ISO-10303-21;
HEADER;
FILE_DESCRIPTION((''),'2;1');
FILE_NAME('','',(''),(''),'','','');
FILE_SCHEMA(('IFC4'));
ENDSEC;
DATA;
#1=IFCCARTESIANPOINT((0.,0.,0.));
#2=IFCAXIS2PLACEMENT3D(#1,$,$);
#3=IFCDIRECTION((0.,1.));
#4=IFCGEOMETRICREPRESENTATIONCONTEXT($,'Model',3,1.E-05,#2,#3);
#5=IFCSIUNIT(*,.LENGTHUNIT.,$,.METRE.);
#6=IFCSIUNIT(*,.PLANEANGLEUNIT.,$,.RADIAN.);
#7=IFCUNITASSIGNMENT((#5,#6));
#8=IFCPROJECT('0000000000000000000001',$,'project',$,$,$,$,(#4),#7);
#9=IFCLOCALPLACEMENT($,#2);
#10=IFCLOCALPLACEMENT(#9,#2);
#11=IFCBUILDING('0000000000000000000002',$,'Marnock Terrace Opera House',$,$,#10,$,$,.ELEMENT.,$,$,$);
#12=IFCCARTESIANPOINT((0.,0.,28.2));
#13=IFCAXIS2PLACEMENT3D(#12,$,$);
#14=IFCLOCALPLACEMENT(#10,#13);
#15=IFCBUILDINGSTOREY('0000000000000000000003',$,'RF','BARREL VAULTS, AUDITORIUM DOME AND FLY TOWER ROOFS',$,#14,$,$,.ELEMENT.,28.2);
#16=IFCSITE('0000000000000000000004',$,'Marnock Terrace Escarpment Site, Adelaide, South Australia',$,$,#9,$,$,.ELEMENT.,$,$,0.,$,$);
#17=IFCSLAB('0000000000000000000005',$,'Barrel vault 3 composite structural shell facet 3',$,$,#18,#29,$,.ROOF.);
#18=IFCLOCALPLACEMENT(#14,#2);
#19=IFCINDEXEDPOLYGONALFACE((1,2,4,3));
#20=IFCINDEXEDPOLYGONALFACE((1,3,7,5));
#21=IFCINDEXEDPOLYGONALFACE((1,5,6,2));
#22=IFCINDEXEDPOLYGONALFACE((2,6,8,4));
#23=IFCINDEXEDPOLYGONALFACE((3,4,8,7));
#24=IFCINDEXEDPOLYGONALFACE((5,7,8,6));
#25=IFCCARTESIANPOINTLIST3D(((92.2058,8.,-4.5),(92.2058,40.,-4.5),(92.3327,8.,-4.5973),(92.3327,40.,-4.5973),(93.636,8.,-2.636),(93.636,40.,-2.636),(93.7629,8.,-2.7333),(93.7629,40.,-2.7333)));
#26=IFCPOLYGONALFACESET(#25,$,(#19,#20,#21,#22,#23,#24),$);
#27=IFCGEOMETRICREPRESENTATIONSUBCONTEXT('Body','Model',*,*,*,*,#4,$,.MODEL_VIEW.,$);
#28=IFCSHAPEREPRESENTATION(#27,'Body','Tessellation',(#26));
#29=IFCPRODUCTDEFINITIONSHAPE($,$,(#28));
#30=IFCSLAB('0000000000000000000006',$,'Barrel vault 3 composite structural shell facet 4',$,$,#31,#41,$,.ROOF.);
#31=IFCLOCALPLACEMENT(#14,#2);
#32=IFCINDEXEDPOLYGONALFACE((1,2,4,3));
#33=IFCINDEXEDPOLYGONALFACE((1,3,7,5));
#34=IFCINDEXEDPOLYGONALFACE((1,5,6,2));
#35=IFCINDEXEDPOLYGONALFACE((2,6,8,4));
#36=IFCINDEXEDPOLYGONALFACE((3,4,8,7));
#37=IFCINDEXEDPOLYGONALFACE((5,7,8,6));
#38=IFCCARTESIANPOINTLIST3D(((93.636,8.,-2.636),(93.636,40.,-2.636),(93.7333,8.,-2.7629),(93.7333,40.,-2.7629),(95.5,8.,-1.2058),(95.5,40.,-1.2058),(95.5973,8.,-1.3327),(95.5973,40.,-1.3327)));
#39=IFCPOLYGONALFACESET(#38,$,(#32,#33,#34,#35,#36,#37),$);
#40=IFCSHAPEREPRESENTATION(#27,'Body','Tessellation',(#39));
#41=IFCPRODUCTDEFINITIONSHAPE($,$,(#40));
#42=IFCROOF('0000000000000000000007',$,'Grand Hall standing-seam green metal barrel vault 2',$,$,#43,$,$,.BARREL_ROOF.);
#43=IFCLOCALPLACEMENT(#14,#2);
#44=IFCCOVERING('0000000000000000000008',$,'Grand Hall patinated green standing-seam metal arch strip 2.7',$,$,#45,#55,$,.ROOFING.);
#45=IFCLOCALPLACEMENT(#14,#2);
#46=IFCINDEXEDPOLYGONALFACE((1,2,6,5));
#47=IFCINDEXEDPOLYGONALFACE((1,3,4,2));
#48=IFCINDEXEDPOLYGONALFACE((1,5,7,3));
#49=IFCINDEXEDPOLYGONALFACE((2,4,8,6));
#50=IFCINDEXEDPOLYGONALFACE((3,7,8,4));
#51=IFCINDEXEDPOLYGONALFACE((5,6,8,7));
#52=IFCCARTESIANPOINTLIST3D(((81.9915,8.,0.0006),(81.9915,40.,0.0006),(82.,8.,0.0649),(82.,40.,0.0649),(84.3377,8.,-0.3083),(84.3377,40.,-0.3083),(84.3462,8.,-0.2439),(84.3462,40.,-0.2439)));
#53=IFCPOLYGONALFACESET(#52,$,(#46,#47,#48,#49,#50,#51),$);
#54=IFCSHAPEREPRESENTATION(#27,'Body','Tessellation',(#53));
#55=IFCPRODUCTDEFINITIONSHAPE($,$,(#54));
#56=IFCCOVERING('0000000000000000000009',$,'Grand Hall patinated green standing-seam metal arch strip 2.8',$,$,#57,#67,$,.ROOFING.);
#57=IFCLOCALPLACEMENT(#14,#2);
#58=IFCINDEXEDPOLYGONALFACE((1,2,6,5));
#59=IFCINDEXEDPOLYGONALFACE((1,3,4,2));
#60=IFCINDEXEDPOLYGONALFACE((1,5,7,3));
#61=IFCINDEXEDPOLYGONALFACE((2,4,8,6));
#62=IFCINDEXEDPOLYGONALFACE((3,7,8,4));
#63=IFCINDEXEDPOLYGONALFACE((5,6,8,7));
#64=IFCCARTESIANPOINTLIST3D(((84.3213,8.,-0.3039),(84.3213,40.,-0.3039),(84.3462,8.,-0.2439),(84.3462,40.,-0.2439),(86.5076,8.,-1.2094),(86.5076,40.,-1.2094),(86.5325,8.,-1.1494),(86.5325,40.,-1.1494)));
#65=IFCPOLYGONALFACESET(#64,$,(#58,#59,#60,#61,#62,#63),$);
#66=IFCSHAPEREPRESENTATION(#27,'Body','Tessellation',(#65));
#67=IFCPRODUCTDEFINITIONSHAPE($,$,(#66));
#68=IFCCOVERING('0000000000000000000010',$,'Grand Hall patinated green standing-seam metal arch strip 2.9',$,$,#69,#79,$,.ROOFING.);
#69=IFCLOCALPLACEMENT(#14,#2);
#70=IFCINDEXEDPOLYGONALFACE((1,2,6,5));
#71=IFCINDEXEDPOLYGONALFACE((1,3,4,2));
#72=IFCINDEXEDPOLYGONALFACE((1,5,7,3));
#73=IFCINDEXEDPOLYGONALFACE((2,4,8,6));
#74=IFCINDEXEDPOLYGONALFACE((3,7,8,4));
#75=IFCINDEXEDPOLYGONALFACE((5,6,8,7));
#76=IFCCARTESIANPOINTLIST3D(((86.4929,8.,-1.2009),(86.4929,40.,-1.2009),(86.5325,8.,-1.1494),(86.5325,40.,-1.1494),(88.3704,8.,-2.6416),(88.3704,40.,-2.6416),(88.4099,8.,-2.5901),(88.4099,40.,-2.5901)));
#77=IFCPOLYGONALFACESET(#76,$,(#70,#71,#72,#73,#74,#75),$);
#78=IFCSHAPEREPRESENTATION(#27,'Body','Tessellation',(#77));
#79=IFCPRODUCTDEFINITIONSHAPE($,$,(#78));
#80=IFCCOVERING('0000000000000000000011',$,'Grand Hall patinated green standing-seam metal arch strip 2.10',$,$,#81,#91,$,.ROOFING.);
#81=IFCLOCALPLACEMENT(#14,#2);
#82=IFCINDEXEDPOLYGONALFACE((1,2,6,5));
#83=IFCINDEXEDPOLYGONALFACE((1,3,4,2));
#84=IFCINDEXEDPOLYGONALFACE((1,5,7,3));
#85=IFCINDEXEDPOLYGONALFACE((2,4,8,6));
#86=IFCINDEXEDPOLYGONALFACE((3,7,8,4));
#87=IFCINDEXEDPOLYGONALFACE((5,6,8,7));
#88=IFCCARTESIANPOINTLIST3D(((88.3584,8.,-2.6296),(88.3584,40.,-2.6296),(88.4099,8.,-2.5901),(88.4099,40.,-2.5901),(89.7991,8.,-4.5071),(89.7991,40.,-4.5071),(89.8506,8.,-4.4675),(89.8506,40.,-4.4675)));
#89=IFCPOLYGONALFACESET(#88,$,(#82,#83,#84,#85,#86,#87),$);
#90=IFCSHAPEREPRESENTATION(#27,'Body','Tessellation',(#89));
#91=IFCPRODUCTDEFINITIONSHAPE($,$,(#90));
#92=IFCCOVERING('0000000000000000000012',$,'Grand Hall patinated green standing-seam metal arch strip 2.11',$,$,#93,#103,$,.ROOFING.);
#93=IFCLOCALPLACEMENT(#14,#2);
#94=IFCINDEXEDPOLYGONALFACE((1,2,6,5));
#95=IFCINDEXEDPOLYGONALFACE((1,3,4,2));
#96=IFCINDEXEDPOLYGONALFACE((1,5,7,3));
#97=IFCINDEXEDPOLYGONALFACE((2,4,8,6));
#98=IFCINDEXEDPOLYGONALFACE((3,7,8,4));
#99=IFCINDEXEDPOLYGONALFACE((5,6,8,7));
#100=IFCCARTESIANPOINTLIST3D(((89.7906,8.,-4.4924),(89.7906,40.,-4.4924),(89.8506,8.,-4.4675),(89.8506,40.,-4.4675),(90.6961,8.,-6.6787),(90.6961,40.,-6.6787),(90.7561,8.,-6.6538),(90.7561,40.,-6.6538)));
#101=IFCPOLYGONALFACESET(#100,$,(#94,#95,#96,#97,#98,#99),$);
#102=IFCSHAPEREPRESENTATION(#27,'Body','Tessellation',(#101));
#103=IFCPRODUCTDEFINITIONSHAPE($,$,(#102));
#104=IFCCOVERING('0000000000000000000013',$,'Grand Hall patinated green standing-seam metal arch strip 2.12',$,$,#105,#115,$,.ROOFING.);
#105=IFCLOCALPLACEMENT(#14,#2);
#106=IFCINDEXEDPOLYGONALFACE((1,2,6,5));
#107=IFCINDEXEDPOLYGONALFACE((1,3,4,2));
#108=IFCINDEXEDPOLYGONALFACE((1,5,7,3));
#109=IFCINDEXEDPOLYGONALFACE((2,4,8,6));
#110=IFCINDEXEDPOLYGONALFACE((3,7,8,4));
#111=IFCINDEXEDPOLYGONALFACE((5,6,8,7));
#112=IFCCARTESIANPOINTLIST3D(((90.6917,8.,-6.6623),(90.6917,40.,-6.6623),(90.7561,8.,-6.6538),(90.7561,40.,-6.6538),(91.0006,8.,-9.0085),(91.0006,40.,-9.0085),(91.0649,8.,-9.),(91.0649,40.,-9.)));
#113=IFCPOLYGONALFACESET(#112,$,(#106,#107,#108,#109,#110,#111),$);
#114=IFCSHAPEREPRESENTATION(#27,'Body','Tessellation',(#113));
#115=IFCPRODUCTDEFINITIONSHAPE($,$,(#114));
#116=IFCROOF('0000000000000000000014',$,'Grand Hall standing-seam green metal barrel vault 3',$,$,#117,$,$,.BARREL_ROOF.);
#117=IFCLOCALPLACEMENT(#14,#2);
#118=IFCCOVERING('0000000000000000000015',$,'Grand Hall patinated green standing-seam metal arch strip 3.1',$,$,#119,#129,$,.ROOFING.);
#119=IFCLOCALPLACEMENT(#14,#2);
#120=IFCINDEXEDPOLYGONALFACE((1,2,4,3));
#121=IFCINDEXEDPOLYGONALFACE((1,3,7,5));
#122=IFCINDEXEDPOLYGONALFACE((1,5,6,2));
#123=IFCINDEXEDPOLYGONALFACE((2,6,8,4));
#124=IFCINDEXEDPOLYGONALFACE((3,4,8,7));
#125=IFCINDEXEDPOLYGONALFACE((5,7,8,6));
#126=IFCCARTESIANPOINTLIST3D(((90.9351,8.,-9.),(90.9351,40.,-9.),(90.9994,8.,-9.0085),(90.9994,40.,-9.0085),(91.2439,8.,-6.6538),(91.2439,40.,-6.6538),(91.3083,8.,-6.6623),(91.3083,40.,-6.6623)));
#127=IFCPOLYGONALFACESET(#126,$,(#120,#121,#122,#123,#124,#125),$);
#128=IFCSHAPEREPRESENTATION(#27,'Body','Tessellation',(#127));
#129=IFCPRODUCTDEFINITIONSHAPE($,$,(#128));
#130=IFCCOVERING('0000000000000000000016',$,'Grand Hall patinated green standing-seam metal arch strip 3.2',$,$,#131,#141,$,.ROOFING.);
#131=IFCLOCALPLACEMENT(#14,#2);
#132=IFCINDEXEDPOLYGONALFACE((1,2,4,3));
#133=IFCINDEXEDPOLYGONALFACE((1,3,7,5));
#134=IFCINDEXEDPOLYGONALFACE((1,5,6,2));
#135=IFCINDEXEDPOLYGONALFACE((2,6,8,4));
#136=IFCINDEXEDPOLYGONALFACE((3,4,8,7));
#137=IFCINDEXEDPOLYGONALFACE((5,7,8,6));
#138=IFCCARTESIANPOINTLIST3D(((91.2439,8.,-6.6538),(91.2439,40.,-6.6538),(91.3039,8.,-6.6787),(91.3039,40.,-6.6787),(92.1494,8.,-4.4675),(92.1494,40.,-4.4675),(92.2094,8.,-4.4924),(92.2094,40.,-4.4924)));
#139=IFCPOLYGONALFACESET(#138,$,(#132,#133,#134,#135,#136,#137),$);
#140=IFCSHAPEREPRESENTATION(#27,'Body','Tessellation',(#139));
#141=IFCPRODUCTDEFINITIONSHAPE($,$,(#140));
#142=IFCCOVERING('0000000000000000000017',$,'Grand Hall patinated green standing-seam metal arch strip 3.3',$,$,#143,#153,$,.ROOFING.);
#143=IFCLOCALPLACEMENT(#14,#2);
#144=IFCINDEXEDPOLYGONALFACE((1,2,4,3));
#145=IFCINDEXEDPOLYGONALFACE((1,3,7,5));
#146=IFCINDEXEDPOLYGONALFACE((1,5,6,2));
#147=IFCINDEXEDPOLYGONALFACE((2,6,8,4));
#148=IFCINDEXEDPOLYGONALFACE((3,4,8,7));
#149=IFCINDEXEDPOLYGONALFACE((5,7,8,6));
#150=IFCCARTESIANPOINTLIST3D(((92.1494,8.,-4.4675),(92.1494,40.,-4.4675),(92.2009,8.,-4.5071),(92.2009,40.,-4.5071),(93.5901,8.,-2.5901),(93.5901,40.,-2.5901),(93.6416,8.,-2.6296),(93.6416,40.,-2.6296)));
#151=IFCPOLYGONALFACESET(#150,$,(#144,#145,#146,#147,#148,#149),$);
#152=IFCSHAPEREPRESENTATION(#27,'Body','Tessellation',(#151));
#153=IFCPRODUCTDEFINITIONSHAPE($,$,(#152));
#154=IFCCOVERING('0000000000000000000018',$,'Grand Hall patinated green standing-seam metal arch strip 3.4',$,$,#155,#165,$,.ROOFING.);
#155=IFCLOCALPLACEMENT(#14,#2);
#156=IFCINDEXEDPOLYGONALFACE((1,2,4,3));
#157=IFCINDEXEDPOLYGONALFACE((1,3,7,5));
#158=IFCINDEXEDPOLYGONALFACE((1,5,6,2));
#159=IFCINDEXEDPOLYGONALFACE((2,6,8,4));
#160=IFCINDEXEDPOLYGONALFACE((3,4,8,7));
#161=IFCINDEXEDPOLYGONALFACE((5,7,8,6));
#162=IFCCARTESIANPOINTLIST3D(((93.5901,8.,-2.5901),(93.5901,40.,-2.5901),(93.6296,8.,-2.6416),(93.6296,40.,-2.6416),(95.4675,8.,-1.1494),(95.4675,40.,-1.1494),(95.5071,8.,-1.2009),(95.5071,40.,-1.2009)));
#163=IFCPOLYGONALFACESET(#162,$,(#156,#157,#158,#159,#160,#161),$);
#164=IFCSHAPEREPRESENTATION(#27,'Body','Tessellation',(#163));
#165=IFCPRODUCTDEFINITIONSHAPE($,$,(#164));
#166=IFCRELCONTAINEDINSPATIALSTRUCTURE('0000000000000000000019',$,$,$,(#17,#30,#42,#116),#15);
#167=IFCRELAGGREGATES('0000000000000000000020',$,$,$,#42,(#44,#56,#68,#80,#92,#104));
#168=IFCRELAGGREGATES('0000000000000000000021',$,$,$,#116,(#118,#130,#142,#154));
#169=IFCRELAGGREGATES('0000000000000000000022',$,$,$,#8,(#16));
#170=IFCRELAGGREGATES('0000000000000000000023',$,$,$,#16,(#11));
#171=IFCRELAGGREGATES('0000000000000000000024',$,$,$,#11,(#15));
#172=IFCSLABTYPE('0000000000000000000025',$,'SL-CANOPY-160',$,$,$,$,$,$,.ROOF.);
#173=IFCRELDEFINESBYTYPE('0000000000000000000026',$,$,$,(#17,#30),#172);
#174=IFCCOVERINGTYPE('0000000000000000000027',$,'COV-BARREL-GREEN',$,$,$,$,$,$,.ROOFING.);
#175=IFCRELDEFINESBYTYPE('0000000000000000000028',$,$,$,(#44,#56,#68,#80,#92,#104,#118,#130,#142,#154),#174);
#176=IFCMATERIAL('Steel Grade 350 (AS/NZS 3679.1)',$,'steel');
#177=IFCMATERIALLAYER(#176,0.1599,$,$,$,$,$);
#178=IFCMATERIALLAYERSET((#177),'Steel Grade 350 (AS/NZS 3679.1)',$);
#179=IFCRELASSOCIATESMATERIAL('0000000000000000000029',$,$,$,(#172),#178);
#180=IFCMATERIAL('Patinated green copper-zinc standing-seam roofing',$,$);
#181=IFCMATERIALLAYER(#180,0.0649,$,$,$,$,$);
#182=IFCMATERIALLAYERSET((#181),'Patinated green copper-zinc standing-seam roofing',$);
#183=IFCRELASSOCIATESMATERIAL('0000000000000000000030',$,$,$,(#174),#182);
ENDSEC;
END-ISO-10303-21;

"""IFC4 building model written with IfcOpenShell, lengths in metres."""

from ifc_helpers import new_model, si_unit, direction, frame, origin, place, context, subcontext, project, spatial, polyline, outline, extrude, material, layer, layer_set, type_object, element, aggregate, save


model = new_model("IFC4")

# Units and contexts
model_context = context("Model", 3, precision=1e-05, world=origin(), true_north=direction((0.0, 1.0)))
body_context = subcontext(model_context, "Body", "Model", "MODEL_VIEW")
ifc_project = project(units=[si_unit("LENGTHUNIT", "METRE"), si_unit("PLANEANGLEUNIT", "RADIAN")], contexts=[model_context])

# Site, building, storey
site_placement = place(None, origin())
site = spatial("IfcSite", under=ifc_project, at=site_placement, Name="Marnock Terrace Escarpment Site, Adelaide, South Australia", CompositionType="ELEMENT", RefElevation=0.0)
building_placement = place(site_placement, origin())
building = spatial("IfcBuilding", under=site, at=building_placement, Name="Marnock Terrace Opera House", CompositionType="ELEMENT")
storey_placement = place(building_placement, frame((0.0, 0.0, 28.2)))
storey = spatial("IfcBuildingStorey", under=building, at=storey_placement, Name="RF", Description="BARREL VAULTS, AUDITORIUM DOME AND FLY TOWER ROOFS", CompositionType="ELEMENT", Elevation=28.2)

# Shared definitions
ifc_material_1 = material(Name="Steel Grade 350 (AS/NZS 3679.1)", Category="steel")

# Slabs
ifc_layer_1 = layer(ifc_material_1, 0.1599)
ifc_layer_set_1 = layer_set([ifc_layer_1], Name="Steel Grade 350 (AS/NZS 3679.1)")
slab_type = type_object("IfcSlabType", Name="SL-CANOPY-160", PredefinedType="ROOF", material=ifc_layer_set_1)
for number, where, z_axis, x_axis, name in (
    (1, (92.2058, 8.0, -4.5), (-0.793381, 0.0, 0.608726), (0.608726, 0.0, 0.793381), "Barrel vault 3 composite structural shell facet 3"),
    (2, (93.636, 8.0, -2.636), (-0.608726, 0.0, 0.793381), (0.793381, 0.0, 0.608726), "Barrel vault 3 composite structural shell facet 4"),
):
    element("IfcSlab", number, at=place(storey_placement, frame(where, z_axis=z_axis, x_axis=x_axis)), inside=storey, type_object=slab_type, Name=name, PredefinedType="ROOF", context=body_context, shape_type="SweptSolid", body=[
        extrude(outline(polyline([(0.0, 0.0), (2.3495, 0.0), (2.3495, 32.0), (0.0, 32.0), (0.0, 0.0)])), origin(), (0.0, 0.0, -1.0), 0.1599),
    ])

# Roofs, coverings
roof_1_placement = place(storey_placement, origin())
roof_1 = element("IfcRoof", 3, at=roof_1_placement, inside=storey, Name="Grand Hall standing-seam green metal barrel vault 2", PredefinedType="BARREL_ROOF")
ifc_material_2 = material(Name="Patinated green copper-zinc standing-seam roofing")
ifc_layer_2 = layer(ifc_material_2, 0.0649)
ifc_layer_set_2 = layer_set([ifc_layer_2], Name="Patinated green copper-zinc standing-seam roofing")
covering_type = type_object("IfcCoveringType", Name="COV-BARREL-GREEN", PredefinedType="ROOFING", material=ifc_layer_set_2)
covering_1_placement = place(storey_placement, frame((82.0, 8.0, 0.0649), z_axis=(0.130508, 0.0, 0.991447), x_axis=(0.991447, 0.0, -0.130508)))
covering_1 = element("IfcCovering", 4, at=covering_1_placement, type_object=covering_type, Name="Grand Hall patinated green standing-seam metal arch strip 2.7", PredefinedType="ROOFING", context=body_context, shape_type="SweptSolid", body=[
    extrude(outline(polyline([(0.0, 0.0), (2.3664, 0.0), (2.3664, 32.0), (0.0, 32.0), (0.0, 0.0)])), origin(), (0.0, 0.0, -1.0), 0.0649),
])
covering_2_placement = place(storey_placement, frame((84.3462, 8.0, -0.2439), z_axis=(0.382659, 0.0, 0.92389), x_axis=(0.92389, 0.0, -0.382659)))
covering_2 = element("IfcCovering", 5, at=covering_2_placement, type_object=covering_type, Name="Grand Hall patinated green standing-seam metal arch strip 2.8", PredefinedType="ROOFING", context=body_context, shape_type="SweptSolid", body=[
    extrude(outline(polyline([(0.0, 0.0), (2.3664, 0.0), (2.3664, 32.0), (0.0, 32.0), (0.0, 0.0)])), origin(), (0.0, 0.0, -1.0), 0.0649),
])
covering_3_placement = place(storey_placement, frame((86.5325, 8.0, -1.1494), z_axis=(0.608778, 0.0, 0.793341), x_axis=(0.793341, 0.0, -0.608778)))
covering_3 = element("IfcCovering", 6, at=covering_3_placement, type_object=covering_type, Name="Grand Hall patinated green standing-seam metal arch strip 2.9", PredefinedType="ROOFING", context=body_context, shape_type="SweptSolid", body=[
    extrude(outline(polyline([(0.0, 0.0), (2.3665, 0.0), (2.3665, 32.0), (0.0, 32.0), (0.0, 0.0)])), origin(), (0.0, 0.0, -1.0), 0.0649),
])
covering_4_placement = place(storey_placement, frame((88.4099, 8.0, -2.5901), z_axis=(0.793341, 0.0, 0.608778), x_axis=(0.608778, 0.0, -0.793341)))
covering_4 = element("IfcCovering", 7, at=covering_4_placement, type_object=covering_type, Name="Grand Hall patinated green standing-seam metal arch strip 2.10", PredefinedType="ROOFING", context=body_context, shape_type="SweptSolid", body=[
    extrude(outline(polyline([(0.0, 0.0), (2.3665, 0.0), (2.3665, 32.0), (0.0, 32.0), (0.0, 0.0)])), origin(), (0.0, 0.0, -1.0), 0.0649),
])
covering_5_placement = place(storey_placement, frame((89.8506, 8.0, -4.4675), z_axis=(0.92389, 0.0, 0.382659), x_axis=(0.382659, 0.0, -0.92389)))
covering_5 = element("IfcCovering", 8, at=covering_5_placement, type_object=covering_type, Name="Grand Hall patinated green standing-seam metal arch strip 2.11", PredefinedType="ROOFING", context=body_context, shape_type="SweptSolid", body=[
    extrude(outline(polyline([(0.0, 0.0), (2.3664, 0.0), (2.3664, 32.0), (0.0, 32.0), (0.0, 0.0)])), origin(), (0.0, 0.0, -1.0), 0.0649),
])
covering_6_placement = place(storey_placement, frame((90.7561, 8.0, -6.6538), z_axis=(0.991447, 0.0, 0.130508), x_axis=(0.130508, 0.0, -0.991447)))
covering_6 = element("IfcCovering", 9, at=covering_6_placement, type_object=covering_type, Name="Grand Hall patinated green standing-seam metal arch strip 2.12", PredefinedType="ROOFING", context=body_context, shape_type="SweptSolid", body=[
    extrude(outline(polyline([(0.0, 0.0), (2.3664, 0.0), (2.3664, 32.0), (0.0, 32.0), (0.0, 0.0)])), origin(), (0.0, 0.0, -1.0), 0.0649),
])
aggregate(roof_1, [covering_1, covering_2, covering_3, covering_4, covering_5, covering_6])
roof_2_placement = place(storey_placement, origin())
roof_2 = element("IfcRoof", 10, at=roof_2_placement, inside=storey, Name="Grand Hall standing-seam green metal barrel vault 3", PredefinedType="BARREL_ROOF")
covering_7_placement = place(storey_placement, frame((90.9351, 8.0, -9.0), z_axis=(-0.991447, 0.0, 0.130508), x_axis=(0.130508, 0.0, 0.991447)))
covering_7 = element("IfcCovering", 11, at=covering_7_placement, type_object=covering_type, Name="Grand Hall patinated green standing-seam metal arch strip 3.1", PredefinedType="ROOFING", context=body_context, shape_type="SweptSolid", body=[
    extrude(outline(polyline([(0.0, 0.0), (2.3664, 0.0), (2.3664, 32.0), (0.0, 32.0), (0.0, 0.0)])), origin(), (0.0, 0.0, -1.0), 0.0649),
])
covering_8_placement = place(storey_placement, frame((91.2439, 8.0, -6.6538), z_axis=(-0.92389, 0.0, 0.382659), x_axis=(0.382659, 0.0, 0.92389)))
covering_8 = element("IfcCovering", 12, at=covering_8_placement, type_object=covering_type, Name="Grand Hall patinated green standing-seam metal arch strip 3.2", PredefinedType="ROOFING", context=body_context, shape_type="SweptSolid", body=[
    extrude(outline(polyline([(0.0, 0.0), (2.3664, 0.0), (2.3664, 32.0), (0.0, 32.0), (0.0, 0.0)])), origin(), (0.0, 0.0, -1.0), 0.0649),
])
covering_9_placement = place(storey_placement, frame((92.1494, 8.0, -4.4675), z_axis=(-0.793341, 0.0, 0.608778), x_axis=(0.608778, 0.0, 0.793341)))
covering_9 = element("IfcCovering", 13, at=covering_9_placement, type_object=covering_type, Name="Grand Hall patinated green standing-seam metal arch strip 3.3", PredefinedType="ROOFING", context=body_context, shape_type="SweptSolid", body=[
    extrude(outline(polyline([(0.0, 0.0), (2.3665, 0.0), (2.3665, 32.0), (0.0, 32.0), (0.0, 0.0)])), origin(), (0.0, 0.0, -1.0), 0.0649),
])
covering_10_placement = place(storey_placement, frame((93.5901, 8.0, -2.5901), z_axis=(-0.608778, 0.0, 0.793341), x_axis=(0.793341, 0.0, 0.608778)))
covering_10 = element("IfcCovering", 14, at=covering_10_placement, type_object=covering_type, Name="Grand Hall patinated green standing-seam metal arch strip 3.4", PredefinedType="ROOFING", context=body_context, shape_type="SweptSolid", body=[
    extrude(outline(polyline([(0.0, 0.0), (2.3665, 0.0), (2.3665, 32.0), (0.0, 32.0), (0.0, 0.0)])), origin(), (0.0, 0.0, -1.0), 0.0649),
])
aggregate(roof_2, [covering_7, covering_8, covering_9, covering_10])

save(model, "model.ifc")
